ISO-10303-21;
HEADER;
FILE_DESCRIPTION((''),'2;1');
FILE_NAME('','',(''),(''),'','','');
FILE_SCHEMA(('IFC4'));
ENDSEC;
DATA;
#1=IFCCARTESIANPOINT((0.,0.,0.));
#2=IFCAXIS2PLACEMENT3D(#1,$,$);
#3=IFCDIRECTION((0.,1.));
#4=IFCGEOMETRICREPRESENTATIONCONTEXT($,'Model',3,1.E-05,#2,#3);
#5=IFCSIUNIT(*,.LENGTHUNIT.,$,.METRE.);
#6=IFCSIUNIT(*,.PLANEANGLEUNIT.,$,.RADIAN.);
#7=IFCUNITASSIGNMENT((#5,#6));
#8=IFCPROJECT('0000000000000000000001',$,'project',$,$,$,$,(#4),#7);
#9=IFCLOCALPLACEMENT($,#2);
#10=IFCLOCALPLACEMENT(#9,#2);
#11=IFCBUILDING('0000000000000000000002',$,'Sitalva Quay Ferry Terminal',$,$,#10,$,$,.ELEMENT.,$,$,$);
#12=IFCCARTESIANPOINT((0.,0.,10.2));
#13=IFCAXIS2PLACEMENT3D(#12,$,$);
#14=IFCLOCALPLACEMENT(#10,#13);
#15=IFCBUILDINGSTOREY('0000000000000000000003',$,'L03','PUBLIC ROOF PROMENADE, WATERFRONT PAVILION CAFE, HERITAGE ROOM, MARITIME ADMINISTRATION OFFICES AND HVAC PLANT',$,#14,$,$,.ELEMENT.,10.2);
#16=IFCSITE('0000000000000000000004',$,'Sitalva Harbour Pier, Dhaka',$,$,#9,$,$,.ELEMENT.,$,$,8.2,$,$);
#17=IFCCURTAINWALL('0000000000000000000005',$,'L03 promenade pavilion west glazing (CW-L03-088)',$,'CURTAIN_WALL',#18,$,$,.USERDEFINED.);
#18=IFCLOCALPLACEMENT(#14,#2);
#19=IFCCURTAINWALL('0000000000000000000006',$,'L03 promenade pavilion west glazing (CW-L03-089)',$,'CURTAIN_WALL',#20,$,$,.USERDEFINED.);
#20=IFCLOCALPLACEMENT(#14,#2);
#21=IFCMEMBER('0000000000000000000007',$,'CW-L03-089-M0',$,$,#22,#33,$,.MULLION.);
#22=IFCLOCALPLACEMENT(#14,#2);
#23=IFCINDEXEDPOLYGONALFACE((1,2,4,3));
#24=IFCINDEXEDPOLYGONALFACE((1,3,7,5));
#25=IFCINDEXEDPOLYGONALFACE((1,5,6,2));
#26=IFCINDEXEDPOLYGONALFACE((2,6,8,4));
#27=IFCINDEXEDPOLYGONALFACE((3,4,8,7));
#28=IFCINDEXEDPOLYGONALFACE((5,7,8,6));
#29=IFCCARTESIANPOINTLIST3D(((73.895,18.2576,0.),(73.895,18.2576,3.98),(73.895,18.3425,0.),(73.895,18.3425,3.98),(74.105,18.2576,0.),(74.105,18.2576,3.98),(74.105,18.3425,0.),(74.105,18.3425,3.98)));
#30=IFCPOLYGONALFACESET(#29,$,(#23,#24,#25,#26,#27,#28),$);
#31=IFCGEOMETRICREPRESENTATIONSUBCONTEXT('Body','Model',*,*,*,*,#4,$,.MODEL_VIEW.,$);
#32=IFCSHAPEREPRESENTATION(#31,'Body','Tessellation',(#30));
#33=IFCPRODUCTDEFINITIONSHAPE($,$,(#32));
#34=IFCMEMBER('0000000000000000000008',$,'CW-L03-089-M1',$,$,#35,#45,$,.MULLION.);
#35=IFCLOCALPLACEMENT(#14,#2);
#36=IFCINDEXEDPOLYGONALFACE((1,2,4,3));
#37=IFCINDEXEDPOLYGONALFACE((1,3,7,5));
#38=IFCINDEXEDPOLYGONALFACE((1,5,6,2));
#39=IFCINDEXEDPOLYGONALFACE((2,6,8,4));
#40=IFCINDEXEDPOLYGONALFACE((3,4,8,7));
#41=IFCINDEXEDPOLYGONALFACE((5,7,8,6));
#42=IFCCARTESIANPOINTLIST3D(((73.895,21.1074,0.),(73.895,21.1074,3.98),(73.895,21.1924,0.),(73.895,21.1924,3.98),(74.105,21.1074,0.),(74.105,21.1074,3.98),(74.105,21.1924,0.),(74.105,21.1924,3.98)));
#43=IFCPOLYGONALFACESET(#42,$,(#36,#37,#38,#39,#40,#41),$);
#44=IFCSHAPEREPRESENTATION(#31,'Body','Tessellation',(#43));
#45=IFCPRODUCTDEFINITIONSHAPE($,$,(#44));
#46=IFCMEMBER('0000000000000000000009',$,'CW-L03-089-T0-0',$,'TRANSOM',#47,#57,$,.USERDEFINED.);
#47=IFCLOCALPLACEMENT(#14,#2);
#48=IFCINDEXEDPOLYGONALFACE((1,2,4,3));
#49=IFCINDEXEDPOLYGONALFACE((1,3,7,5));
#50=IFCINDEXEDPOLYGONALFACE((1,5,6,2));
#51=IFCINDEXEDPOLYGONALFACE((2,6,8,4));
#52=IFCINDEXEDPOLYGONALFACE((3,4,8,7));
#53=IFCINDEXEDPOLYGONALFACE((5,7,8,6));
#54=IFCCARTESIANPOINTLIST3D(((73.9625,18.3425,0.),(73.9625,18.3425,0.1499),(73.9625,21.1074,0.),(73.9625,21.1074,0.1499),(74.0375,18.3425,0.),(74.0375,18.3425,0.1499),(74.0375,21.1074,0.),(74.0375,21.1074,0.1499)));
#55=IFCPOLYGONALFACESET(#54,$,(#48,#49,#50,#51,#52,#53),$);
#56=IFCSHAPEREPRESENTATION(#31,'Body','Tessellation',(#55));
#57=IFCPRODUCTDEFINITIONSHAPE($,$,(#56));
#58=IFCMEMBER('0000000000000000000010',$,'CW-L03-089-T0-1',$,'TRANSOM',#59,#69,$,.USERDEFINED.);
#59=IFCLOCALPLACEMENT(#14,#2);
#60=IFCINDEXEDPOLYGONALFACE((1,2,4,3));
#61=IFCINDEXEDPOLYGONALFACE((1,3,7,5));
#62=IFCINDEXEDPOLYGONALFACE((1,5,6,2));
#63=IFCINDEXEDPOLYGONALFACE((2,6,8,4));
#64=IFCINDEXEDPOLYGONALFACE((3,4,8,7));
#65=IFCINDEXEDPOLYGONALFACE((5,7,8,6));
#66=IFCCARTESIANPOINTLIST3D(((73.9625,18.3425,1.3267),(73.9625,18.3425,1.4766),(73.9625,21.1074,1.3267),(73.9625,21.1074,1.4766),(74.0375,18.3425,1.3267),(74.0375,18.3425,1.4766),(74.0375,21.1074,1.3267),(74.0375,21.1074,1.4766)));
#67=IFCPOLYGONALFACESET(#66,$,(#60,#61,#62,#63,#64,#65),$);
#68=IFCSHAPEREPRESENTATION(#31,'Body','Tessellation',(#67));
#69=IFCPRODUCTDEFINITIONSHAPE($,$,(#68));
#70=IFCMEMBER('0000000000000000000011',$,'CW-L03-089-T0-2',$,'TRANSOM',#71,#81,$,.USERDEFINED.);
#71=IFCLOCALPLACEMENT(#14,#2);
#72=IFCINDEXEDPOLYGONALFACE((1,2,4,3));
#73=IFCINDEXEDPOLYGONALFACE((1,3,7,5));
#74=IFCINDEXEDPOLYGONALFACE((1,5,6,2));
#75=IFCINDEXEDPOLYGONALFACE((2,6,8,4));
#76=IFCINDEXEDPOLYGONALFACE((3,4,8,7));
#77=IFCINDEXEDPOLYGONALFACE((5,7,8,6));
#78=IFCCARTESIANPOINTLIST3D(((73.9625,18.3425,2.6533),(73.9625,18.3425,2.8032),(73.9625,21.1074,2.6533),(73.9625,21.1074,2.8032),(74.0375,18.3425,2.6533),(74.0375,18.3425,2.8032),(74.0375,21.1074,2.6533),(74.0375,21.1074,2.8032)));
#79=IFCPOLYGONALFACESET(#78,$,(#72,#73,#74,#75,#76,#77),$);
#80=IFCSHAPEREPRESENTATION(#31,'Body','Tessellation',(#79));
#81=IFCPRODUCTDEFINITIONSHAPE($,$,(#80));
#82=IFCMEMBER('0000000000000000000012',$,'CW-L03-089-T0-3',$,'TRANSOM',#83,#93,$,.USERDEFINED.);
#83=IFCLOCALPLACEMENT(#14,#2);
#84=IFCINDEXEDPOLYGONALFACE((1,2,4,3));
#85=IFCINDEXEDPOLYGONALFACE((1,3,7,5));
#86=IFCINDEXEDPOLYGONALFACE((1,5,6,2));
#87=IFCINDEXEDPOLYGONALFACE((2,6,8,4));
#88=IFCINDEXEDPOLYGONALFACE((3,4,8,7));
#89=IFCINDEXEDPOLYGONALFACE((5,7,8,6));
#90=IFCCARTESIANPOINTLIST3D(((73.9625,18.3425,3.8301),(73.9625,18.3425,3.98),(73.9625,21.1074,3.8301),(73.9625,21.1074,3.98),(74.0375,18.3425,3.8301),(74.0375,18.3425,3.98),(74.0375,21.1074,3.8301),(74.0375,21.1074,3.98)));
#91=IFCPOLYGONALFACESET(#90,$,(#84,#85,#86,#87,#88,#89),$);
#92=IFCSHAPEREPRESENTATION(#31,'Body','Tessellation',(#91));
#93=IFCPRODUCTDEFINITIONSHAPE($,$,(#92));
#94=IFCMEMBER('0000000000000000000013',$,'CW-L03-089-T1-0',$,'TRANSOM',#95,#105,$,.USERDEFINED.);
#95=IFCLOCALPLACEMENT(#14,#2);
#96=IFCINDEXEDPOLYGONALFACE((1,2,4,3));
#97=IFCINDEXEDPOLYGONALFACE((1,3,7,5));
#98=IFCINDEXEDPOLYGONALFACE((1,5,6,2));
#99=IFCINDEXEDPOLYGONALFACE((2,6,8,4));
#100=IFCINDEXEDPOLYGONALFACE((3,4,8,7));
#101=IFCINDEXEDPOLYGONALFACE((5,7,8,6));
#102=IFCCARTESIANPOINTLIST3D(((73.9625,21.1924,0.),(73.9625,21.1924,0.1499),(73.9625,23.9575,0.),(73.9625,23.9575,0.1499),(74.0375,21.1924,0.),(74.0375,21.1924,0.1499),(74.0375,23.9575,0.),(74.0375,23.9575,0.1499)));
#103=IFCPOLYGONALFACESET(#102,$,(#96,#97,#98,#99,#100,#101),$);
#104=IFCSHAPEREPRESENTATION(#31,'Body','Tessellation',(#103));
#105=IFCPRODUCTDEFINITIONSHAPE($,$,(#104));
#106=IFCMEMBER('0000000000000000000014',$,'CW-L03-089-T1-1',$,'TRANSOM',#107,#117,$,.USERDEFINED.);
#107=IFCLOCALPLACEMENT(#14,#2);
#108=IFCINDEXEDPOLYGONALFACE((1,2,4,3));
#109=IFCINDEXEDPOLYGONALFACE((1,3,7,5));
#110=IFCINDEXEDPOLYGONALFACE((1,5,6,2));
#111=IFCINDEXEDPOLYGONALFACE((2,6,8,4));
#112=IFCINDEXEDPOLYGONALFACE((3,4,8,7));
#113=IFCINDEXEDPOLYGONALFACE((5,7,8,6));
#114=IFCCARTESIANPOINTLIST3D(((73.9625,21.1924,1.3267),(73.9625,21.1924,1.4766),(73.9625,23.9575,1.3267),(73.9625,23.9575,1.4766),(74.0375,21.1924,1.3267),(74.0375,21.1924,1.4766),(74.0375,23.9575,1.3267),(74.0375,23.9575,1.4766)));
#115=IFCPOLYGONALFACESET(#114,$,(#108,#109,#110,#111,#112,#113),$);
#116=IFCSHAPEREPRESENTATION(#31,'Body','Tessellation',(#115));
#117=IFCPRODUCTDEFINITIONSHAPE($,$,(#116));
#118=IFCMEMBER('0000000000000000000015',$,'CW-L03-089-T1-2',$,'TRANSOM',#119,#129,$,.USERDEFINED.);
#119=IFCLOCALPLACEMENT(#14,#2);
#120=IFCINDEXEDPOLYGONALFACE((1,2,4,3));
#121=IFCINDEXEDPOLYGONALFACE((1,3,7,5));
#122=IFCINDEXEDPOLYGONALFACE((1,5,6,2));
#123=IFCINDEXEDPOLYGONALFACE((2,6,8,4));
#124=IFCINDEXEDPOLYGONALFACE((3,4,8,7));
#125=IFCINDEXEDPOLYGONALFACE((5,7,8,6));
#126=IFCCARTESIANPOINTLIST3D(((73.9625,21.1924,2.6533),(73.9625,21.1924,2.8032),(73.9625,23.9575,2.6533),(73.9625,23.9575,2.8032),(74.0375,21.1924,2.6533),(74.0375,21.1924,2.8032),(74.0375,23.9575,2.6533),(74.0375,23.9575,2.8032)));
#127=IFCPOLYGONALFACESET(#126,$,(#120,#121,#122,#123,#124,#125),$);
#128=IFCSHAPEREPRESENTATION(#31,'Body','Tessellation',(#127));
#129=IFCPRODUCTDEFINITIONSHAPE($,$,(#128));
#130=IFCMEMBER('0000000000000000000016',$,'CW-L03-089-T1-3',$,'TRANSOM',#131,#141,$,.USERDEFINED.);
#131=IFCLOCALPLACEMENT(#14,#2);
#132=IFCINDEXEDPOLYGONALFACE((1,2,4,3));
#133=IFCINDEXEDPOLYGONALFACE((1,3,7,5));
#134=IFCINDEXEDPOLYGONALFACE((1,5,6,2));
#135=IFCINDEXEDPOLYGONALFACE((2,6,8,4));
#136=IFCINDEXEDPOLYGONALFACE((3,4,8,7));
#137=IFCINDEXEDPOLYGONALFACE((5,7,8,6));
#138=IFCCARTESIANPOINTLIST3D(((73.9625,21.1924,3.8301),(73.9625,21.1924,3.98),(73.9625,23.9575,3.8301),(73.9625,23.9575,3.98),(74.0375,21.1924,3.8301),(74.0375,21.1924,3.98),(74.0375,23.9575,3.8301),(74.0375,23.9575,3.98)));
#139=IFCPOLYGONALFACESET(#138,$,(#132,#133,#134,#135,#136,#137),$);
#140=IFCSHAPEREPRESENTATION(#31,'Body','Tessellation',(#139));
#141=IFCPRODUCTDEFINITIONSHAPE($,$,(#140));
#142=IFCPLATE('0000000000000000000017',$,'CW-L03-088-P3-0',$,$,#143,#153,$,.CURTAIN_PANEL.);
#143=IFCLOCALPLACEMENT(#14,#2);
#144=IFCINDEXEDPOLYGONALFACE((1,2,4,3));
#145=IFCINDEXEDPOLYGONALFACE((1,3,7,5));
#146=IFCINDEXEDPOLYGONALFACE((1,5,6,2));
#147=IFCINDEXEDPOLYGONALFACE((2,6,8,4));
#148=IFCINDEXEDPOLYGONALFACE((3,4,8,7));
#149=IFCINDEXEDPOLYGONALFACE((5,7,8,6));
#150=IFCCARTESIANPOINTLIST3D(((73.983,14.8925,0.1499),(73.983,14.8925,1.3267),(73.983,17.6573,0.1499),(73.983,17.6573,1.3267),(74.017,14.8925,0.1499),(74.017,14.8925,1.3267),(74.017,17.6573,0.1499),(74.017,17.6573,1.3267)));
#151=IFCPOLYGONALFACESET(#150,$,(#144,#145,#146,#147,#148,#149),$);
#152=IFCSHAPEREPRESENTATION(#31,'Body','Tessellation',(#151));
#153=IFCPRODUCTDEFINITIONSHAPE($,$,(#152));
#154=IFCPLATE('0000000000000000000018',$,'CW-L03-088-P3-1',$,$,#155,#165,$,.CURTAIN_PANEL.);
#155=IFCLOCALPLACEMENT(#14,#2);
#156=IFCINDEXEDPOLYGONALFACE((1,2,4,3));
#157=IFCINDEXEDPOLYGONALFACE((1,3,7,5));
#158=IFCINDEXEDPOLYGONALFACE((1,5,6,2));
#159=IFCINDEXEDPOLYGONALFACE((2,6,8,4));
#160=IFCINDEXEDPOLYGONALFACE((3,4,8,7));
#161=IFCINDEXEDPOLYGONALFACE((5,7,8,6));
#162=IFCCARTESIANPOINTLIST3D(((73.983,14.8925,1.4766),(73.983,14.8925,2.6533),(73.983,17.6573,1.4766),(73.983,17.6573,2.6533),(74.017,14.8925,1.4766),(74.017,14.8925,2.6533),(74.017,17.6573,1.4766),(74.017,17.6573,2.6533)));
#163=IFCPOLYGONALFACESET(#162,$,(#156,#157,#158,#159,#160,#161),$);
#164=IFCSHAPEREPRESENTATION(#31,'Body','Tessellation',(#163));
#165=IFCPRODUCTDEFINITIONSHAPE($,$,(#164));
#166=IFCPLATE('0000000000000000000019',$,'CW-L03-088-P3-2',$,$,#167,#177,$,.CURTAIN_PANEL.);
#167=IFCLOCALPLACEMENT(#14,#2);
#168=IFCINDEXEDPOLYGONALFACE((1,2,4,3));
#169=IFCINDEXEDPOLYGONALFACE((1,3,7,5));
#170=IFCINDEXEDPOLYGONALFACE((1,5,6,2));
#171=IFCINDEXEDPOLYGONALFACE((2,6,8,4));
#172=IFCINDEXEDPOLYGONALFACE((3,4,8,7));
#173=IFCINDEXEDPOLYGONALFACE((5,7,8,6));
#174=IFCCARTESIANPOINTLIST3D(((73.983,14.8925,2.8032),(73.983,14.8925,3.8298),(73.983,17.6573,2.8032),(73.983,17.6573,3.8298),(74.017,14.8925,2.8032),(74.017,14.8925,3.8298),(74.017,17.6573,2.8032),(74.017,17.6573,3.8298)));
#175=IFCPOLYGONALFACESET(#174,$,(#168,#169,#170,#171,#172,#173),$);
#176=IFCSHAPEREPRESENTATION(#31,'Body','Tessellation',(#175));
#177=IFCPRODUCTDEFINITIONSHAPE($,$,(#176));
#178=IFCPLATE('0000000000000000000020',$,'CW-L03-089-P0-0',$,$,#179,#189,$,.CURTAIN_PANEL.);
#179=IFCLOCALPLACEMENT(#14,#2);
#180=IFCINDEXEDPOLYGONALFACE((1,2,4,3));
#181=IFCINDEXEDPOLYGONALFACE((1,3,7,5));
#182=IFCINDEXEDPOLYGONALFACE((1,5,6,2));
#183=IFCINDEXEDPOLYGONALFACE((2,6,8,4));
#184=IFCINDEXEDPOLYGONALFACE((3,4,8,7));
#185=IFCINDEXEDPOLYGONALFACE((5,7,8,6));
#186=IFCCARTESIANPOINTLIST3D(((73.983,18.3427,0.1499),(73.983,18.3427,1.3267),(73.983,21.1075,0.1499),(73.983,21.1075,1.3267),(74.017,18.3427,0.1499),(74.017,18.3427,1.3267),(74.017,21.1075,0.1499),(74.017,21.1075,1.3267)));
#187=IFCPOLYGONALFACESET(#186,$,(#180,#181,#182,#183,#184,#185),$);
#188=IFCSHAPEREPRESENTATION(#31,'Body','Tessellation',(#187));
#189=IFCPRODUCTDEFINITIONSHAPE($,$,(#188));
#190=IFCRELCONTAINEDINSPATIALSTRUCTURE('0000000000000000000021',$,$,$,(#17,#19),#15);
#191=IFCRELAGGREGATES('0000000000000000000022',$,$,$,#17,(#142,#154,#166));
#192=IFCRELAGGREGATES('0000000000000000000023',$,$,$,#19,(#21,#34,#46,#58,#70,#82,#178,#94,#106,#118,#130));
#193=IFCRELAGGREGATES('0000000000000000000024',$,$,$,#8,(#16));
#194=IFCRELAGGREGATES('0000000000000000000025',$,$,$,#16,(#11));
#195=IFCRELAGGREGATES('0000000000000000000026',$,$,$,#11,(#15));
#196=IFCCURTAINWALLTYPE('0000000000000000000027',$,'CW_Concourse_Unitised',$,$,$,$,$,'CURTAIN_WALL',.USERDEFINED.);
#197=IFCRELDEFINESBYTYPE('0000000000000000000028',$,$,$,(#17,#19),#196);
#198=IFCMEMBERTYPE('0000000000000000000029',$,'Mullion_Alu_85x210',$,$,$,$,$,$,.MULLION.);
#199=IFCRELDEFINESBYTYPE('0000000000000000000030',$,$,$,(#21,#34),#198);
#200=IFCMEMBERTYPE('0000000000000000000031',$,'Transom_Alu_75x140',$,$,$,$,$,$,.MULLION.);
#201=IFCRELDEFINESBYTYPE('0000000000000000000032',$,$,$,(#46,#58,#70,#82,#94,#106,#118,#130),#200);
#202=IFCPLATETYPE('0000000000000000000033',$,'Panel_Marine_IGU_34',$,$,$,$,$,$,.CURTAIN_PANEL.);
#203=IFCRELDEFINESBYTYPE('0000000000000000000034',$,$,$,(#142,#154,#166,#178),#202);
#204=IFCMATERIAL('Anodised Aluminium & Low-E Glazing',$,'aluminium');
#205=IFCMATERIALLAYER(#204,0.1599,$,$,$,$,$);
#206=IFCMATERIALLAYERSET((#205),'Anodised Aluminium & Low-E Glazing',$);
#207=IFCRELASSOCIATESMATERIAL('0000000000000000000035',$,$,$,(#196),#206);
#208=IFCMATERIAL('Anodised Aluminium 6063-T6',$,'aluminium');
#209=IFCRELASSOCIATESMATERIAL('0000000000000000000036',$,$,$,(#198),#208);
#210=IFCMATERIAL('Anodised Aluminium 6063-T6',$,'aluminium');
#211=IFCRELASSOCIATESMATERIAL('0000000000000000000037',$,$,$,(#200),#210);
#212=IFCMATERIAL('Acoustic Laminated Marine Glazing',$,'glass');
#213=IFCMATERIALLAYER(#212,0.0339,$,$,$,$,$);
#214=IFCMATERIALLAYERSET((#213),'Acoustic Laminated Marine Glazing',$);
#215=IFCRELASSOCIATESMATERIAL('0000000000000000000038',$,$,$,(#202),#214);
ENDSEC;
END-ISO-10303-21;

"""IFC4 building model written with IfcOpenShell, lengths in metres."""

from ifc_helpers import new_model, si_unit, direction, frame, origin, origin_2d, place, context, subcontext, project, spatial, rectangle, extrude, material, layer, layer_set, material_profile, profile_set, type_object, element, aggregate, save


model = new_model("IFC4")

# Units and contexts
model_context = context("Model", 3, precision=1e-05, world=origin(), true_north=direction((0.0, 1.0)))
body_context = subcontext(model_context, "Body", "Model", "MODEL_VIEW")
ifc_project = project(units=[si_unit("LENGTHUNIT", "METRE"), si_unit("PLANEANGLEUNIT", "RADIAN")], contexts=[model_context])

# Site, building, storey
site_placement = place(None, origin())
site = spatial("IfcSite", under=ifc_project, at=site_placement, Name="Sitalva Harbour Pier, Dhaka", CompositionType="ELEMENT", RefElevation=8.2)
building_placement = place(site_placement, origin())
building = spatial("IfcBuilding", under=site, at=building_placement, Name="Sitalva Quay Ferry Terminal", CompositionType="ELEMENT")
storey_placement = place(building_placement, frame((0.0, 0.0, 10.2)))
storey = spatial("IfcBuildingStorey", under=building, at=storey_placement, Name="L03", Description="PUBLIC ROOF PROMENADE, WATERFRONT PAVILION CAFE, HERITAGE ROOM, MARITIME ADMINISTRATION OFFICES AND HVAC PLANT", CompositionType="ELEMENT", Elevation=10.2)

# Curtain wall
ifc_material_1 = material(Name="Anodised Aluminium & Low-E Glazing", Category="aluminium")
ifc_layer_1 = layer(ifc_material_1, 0.1599)
ifc_layer_set_1 = layer_set([ifc_layer_1], Name="Anodised Aluminium & Low-E Glazing")
curtain_wall_type = type_object("IfcCurtainWallType", Name="CW_Concourse_Unitised", ElementType="CURTAIN_WALL", PredefinedType="USERDEFINED", material=ifc_layer_set_1)
curtain_wall_1_placement = place(storey_placement, origin())
curtain_wall_1 = element("IfcCurtainWall", 1, at=curtain_wall_1_placement, inside=storey, type_object=curtain_wall_type, Name="L03 promenade pavilion west glazing (CW-L03-088)", ObjectType="CURTAIN_WALL", PredefinedType="USERDEFINED")
ifc_material_2 = material(Name="Anodised Aluminium 6063-T6", Category="aluminium")
ifc_material_profile_1 = material_profile(ifc_material_2, rectangle(XDim=0.085, YDim=0.21, at=origin_2d()), Name="ALU85x210")
ifc_profile_set_1 = profile_set([ifc_material_profile_1], Name="Anodised Aluminium 6063-T6")
member_type_1 = type_object("IfcMemberType", Name="Mullion_Alu_85x210", PredefinedType="MULLION", material=ifc_profile_set_1)

# Curtain wall, members
curtain_wall_2_placement = place(storey_placement, origin())
curtain_wall_2 = element("IfcCurtainWall", 2, at=curtain_wall_2_placement, inside=storey, type_object=curtain_wall_type, Name="L03 promenade pavilion west glazing (CW-L03-089)", ObjectType="CURTAIN_WALL", PredefinedType="USERDEFINED")
member_1_placement = place(storey_placement, frame((74.0, 18.3, 0.0), z_axis=(0.0, 0.0, 1.0), x_axis=(0.0, 1.0, 0.0)))
member_1 = element("IfcMember", 3, at=member_1_placement, type_object=member_type_1, Name="CW-L03-089-M0", PredefinedType="MULLION", context=body_context, shape_type="SweptSolid", body=[
    extrude(rectangle(XDim=0.085, YDim=0.21, at=origin_2d()), origin(), (0.0, 0.0, 1.0), 3.98),
])
member_2_placement = place(storey_placement, frame((74.0, 21.1499, 0.0), z_axis=(0.0, 0.0, 1.0), x_axis=(0.0, 1.0, 0.0)))
member_2 = element("IfcMember", 4, at=member_2_placement, type_object=member_type_1, Name="CW-L03-089-M1", PredefinedType="MULLION", context=body_context, shape_type="SweptSolid", body=[
    extrude(rectangle(XDim=0.085, YDim=0.21, at=origin_2d()), origin(), (0.0, 0.0, 1.0), 3.98),
])
ifc_material_3 = material(Name="Anodised Aluminium 6063-T6", Category="aluminium")
ifc_material_profile_2 = material_profile(ifc_material_3, rectangle(XDim=0.075, YDim=0.1499, at=origin_2d()), Name="ALU75x150")
ifc_profile_set_2 = profile_set([ifc_material_profile_2], Name="Anodised Aluminium 6063-T6")
member_type_2 = type_object("IfcMemberType", Name="Transom_Alu_75x140", PredefinedType="MULLION", material=ifc_profile_set_2)
member_3_placement = place(storey_placement, frame((74.0, 18.3425, 0.075), z_axis=(0.0, 1.0, 0.0), x_axis=(-1.0, 0.0, 0.0)))
member_3 = element("IfcMember", 5, at=member_3_placement, type_object=member_type_2, Name="CW-L03-089-T0-0", ObjectType="TRANSOM", PredefinedType="USERDEFINED", context=body_context, shape_type="SweptSolid", body=[
    extrude(rectangle(XDim=0.075, YDim=0.1499, at=origin_2d()), origin(), (0.0, 0.0, 1.0), 2.7649),
])
member_4_placement = place(storey_placement, frame((74.0, 18.3425, 1.4016), z_axis=(0.0, 1.0, 0.0), x_axis=(-1.0, 0.0, 0.0)))
member_4 = element("IfcMember", 6, at=member_4_placement, type_object=member_type_2, Name="CW-L03-089-T0-1", ObjectType="TRANSOM", PredefinedType="USERDEFINED", context=body_context, shape_type="SweptSolid", body=[
    extrude(rectangle(XDim=0.075, YDim=0.1499, at=origin_2d()), origin(), (0.0, 0.0, 1.0), 2.7649),
])
member_5_placement = place(storey_placement, frame((74.0, 18.3425, 2.7283), z_axis=(0.0, 1.0, 0.0), x_axis=(-1.0, 0.0, 0.0)))
member_5 = element("IfcMember", 7, at=member_5_placement, type_object=member_type_2, Name="CW-L03-089-T0-2", ObjectType="TRANSOM", PredefinedType="USERDEFINED", context=body_context, shape_type="SweptSolid", body=[
    extrude(rectangle(XDim=0.075, YDim=0.1499, at=origin_2d()), origin(), (0.0, 0.0, 1.0), 2.7649),
])
member_6_placement = place(storey_placement, frame((74.0, 18.3425, 3.905), z_axis=(0.0, 1.0, 0.0), x_axis=(-1.0, 0.0, 0.0)))
member_6 = element("IfcMember", 8, at=member_6_placement, type_object=member_type_2, Name="CW-L03-089-T0-3", ObjectType="TRANSOM", PredefinedType="USERDEFINED", context=body_context, shape_type="SweptSolid", body=[
    extrude(rectangle(XDim=0.075, YDim=0.1499, at=origin_2d()), origin(), (0.0, 0.0, 1.0), 2.7649),
])
member_7_placement = place(storey_placement, frame((74.0, 21.1924, 0.075), z_axis=(0.0, 1.0, 0.0), x_axis=(-1.0, 0.0, 0.0)))
member_7 = element("IfcMember", 9, at=member_7_placement, type_object=member_type_2, Name="CW-L03-089-T1-0", ObjectType="TRANSOM", PredefinedType="USERDEFINED", context=body_context, shape_type="SweptSolid", body=[
    extrude(rectangle(XDim=0.075, YDim=0.1499, at=origin_2d()), origin(), (0.0, 0.0, 1.0), 2.7651),
])
member_8_placement = place(storey_placement, frame((74.0, 21.1924, 1.4016), z_axis=(0.0, 1.0, 0.0), x_axis=(-1.0, 0.0, 0.0)))
member_8 = element("IfcMember", 10, at=member_8_placement, type_object=member_type_2, Name="CW-L03-089-T1-1", ObjectType="TRANSOM", PredefinedType="USERDEFINED", context=body_context, shape_type="SweptSolid", body=[
    extrude(rectangle(XDim=0.075, YDim=0.1499, at=origin_2d()), origin(), (0.0, 0.0, 1.0), 2.7651),
])
member_9_placement = place(storey_placement, frame((74.0, 21.1924, 2.7283), z_axis=(0.0, 1.0, 0.0), x_axis=(-1.0, 0.0, 0.0)))
member_9 = element("IfcMember", 11, at=member_9_placement, type_object=member_type_2, Name="CW-L03-089-T1-2", ObjectType="TRANSOM", PredefinedType="USERDEFINED", context=body_context, shape_type="SweptSolid", body=[
    extrude(rectangle(XDim=0.075, YDim=0.1499, at=origin_2d()), origin(), (0.0, 0.0, 1.0), 2.7651),
])
member_10_placement = place(storey_placement, frame((74.0, 21.1924, 3.905), z_axis=(0.0, 1.0, 0.0), x_axis=(-1.0, 0.0, 0.0)))
member_10 = element("IfcMember", 12, at=member_10_placement, type_object=member_type_2, Name="CW-L03-089-T1-3", ObjectType="TRANSOM", PredefinedType="USERDEFINED", context=body_context, shape_type="SweptSolid", body=[
    extrude(rectangle(XDim=0.075, YDim=0.1499, at=origin_2d()), origin(), (0.0, 0.0, 1.0), 2.7651),
])

# Plates
ifc_material_4 = material(Name="Acoustic Laminated Marine Glazing", Category="glass")
ifc_layer_2 = layer(ifc_material_4, 0.0339)
ifc_layer_set_2 = layer_set([ifc_layer_2], Name="Acoustic Laminated Marine Glazing")
plate_type = type_object("IfcPlateType", Name="Panel_Marine_IGU_34", PredefinedType="CURTAIN_PANEL", material=ifc_layer_set_2)
plate_1_placement = place(storey_placement, frame((74.0, 16.2749, 0.1499), z_axis=(0.0, 0.0, 1.0), x_axis=(0.0, 1.0, 0.0)))
plate_1 = element("IfcPlate", 13, at=plate_1_placement, type_object=plate_type, Name="CW-L03-088-P3-0", PredefinedType="CURTAIN_PANEL", context=body_context, shape_type="SweptSolid", body=[
    extrude(rectangle(XDim=2.7649, YDim=0.0339, at=origin_2d()), origin(), (0.0, 0.0, 1.0), 1.1768),
])
plate_2_placement = place(storey_placement, frame((74.0, 16.2749, 1.4766), z_axis=(0.0, 0.0, 1.0), x_axis=(0.0, 1.0, 0.0)))
plate_2 = element("IfcPlate", 14, at=plate_2_placement, type_object=plate_type, Name="CW-L03-088-P3-1", PredefinedType="CURTAIN_PANEL", context=body_context, shape_type="SweptSolid", body=[
    extrude(rectangle(XDim=2.7649, YDim=0.0339, at=origin_2d()), origin(), (0.0, 0.0, 1.0), 1.1768),
])
plate_3_placement = place(storey_placement, frame((74.0, 16.2749, 2.8032), z_axis=(0.0, 0.0, 1.0), x_axis=(0.0, 1.0, 0.0)))
plate_3 = element("IfcPlate", 15, at=plate_3_placement, type_object=plate_type, Name="CW-L03-088-P3-2", PredefinedType="CURTAIN_PANEL", context=body_context, shape_type="SweptSolid", body=[
    extrude(rectangle(XDim=2.7649, YDim=0.0339, at=origin_2d()), origin(), (0.0, 0.0, 1.0), 1.0266),
])
aggregate(curtain_wall_1, [plate_1, plate_2, plate_3])
plate_4_placement = place(storey_placement, frame((74.0, 19.7251, 0.1499), z_axis=(0.0, 0.0, 1.0), x_axis=(0.0, 1.0, 0.0)))
plate_4 = element("IfcPlate", 16, at=plate_4_placement, type_object=plate_type, Name="CW-L03-089-P0-0", PredefinedType="CURTAIN_PANEL", context=body_context, shape_type="SweptSolid", body=[
    extrude(rectangle(XDim=2.7649, YDim=0.0339, at=origin_2d()), origin(), (0.0, 0.0, 1.0), 1.1768),
])
aggregate(curtain_wall_2, [member_1, member_2, member_3, member_4, member_5, member_6, plate_4, member_7, member_8, member_9, member_10])

save(model, "model.ifc")
